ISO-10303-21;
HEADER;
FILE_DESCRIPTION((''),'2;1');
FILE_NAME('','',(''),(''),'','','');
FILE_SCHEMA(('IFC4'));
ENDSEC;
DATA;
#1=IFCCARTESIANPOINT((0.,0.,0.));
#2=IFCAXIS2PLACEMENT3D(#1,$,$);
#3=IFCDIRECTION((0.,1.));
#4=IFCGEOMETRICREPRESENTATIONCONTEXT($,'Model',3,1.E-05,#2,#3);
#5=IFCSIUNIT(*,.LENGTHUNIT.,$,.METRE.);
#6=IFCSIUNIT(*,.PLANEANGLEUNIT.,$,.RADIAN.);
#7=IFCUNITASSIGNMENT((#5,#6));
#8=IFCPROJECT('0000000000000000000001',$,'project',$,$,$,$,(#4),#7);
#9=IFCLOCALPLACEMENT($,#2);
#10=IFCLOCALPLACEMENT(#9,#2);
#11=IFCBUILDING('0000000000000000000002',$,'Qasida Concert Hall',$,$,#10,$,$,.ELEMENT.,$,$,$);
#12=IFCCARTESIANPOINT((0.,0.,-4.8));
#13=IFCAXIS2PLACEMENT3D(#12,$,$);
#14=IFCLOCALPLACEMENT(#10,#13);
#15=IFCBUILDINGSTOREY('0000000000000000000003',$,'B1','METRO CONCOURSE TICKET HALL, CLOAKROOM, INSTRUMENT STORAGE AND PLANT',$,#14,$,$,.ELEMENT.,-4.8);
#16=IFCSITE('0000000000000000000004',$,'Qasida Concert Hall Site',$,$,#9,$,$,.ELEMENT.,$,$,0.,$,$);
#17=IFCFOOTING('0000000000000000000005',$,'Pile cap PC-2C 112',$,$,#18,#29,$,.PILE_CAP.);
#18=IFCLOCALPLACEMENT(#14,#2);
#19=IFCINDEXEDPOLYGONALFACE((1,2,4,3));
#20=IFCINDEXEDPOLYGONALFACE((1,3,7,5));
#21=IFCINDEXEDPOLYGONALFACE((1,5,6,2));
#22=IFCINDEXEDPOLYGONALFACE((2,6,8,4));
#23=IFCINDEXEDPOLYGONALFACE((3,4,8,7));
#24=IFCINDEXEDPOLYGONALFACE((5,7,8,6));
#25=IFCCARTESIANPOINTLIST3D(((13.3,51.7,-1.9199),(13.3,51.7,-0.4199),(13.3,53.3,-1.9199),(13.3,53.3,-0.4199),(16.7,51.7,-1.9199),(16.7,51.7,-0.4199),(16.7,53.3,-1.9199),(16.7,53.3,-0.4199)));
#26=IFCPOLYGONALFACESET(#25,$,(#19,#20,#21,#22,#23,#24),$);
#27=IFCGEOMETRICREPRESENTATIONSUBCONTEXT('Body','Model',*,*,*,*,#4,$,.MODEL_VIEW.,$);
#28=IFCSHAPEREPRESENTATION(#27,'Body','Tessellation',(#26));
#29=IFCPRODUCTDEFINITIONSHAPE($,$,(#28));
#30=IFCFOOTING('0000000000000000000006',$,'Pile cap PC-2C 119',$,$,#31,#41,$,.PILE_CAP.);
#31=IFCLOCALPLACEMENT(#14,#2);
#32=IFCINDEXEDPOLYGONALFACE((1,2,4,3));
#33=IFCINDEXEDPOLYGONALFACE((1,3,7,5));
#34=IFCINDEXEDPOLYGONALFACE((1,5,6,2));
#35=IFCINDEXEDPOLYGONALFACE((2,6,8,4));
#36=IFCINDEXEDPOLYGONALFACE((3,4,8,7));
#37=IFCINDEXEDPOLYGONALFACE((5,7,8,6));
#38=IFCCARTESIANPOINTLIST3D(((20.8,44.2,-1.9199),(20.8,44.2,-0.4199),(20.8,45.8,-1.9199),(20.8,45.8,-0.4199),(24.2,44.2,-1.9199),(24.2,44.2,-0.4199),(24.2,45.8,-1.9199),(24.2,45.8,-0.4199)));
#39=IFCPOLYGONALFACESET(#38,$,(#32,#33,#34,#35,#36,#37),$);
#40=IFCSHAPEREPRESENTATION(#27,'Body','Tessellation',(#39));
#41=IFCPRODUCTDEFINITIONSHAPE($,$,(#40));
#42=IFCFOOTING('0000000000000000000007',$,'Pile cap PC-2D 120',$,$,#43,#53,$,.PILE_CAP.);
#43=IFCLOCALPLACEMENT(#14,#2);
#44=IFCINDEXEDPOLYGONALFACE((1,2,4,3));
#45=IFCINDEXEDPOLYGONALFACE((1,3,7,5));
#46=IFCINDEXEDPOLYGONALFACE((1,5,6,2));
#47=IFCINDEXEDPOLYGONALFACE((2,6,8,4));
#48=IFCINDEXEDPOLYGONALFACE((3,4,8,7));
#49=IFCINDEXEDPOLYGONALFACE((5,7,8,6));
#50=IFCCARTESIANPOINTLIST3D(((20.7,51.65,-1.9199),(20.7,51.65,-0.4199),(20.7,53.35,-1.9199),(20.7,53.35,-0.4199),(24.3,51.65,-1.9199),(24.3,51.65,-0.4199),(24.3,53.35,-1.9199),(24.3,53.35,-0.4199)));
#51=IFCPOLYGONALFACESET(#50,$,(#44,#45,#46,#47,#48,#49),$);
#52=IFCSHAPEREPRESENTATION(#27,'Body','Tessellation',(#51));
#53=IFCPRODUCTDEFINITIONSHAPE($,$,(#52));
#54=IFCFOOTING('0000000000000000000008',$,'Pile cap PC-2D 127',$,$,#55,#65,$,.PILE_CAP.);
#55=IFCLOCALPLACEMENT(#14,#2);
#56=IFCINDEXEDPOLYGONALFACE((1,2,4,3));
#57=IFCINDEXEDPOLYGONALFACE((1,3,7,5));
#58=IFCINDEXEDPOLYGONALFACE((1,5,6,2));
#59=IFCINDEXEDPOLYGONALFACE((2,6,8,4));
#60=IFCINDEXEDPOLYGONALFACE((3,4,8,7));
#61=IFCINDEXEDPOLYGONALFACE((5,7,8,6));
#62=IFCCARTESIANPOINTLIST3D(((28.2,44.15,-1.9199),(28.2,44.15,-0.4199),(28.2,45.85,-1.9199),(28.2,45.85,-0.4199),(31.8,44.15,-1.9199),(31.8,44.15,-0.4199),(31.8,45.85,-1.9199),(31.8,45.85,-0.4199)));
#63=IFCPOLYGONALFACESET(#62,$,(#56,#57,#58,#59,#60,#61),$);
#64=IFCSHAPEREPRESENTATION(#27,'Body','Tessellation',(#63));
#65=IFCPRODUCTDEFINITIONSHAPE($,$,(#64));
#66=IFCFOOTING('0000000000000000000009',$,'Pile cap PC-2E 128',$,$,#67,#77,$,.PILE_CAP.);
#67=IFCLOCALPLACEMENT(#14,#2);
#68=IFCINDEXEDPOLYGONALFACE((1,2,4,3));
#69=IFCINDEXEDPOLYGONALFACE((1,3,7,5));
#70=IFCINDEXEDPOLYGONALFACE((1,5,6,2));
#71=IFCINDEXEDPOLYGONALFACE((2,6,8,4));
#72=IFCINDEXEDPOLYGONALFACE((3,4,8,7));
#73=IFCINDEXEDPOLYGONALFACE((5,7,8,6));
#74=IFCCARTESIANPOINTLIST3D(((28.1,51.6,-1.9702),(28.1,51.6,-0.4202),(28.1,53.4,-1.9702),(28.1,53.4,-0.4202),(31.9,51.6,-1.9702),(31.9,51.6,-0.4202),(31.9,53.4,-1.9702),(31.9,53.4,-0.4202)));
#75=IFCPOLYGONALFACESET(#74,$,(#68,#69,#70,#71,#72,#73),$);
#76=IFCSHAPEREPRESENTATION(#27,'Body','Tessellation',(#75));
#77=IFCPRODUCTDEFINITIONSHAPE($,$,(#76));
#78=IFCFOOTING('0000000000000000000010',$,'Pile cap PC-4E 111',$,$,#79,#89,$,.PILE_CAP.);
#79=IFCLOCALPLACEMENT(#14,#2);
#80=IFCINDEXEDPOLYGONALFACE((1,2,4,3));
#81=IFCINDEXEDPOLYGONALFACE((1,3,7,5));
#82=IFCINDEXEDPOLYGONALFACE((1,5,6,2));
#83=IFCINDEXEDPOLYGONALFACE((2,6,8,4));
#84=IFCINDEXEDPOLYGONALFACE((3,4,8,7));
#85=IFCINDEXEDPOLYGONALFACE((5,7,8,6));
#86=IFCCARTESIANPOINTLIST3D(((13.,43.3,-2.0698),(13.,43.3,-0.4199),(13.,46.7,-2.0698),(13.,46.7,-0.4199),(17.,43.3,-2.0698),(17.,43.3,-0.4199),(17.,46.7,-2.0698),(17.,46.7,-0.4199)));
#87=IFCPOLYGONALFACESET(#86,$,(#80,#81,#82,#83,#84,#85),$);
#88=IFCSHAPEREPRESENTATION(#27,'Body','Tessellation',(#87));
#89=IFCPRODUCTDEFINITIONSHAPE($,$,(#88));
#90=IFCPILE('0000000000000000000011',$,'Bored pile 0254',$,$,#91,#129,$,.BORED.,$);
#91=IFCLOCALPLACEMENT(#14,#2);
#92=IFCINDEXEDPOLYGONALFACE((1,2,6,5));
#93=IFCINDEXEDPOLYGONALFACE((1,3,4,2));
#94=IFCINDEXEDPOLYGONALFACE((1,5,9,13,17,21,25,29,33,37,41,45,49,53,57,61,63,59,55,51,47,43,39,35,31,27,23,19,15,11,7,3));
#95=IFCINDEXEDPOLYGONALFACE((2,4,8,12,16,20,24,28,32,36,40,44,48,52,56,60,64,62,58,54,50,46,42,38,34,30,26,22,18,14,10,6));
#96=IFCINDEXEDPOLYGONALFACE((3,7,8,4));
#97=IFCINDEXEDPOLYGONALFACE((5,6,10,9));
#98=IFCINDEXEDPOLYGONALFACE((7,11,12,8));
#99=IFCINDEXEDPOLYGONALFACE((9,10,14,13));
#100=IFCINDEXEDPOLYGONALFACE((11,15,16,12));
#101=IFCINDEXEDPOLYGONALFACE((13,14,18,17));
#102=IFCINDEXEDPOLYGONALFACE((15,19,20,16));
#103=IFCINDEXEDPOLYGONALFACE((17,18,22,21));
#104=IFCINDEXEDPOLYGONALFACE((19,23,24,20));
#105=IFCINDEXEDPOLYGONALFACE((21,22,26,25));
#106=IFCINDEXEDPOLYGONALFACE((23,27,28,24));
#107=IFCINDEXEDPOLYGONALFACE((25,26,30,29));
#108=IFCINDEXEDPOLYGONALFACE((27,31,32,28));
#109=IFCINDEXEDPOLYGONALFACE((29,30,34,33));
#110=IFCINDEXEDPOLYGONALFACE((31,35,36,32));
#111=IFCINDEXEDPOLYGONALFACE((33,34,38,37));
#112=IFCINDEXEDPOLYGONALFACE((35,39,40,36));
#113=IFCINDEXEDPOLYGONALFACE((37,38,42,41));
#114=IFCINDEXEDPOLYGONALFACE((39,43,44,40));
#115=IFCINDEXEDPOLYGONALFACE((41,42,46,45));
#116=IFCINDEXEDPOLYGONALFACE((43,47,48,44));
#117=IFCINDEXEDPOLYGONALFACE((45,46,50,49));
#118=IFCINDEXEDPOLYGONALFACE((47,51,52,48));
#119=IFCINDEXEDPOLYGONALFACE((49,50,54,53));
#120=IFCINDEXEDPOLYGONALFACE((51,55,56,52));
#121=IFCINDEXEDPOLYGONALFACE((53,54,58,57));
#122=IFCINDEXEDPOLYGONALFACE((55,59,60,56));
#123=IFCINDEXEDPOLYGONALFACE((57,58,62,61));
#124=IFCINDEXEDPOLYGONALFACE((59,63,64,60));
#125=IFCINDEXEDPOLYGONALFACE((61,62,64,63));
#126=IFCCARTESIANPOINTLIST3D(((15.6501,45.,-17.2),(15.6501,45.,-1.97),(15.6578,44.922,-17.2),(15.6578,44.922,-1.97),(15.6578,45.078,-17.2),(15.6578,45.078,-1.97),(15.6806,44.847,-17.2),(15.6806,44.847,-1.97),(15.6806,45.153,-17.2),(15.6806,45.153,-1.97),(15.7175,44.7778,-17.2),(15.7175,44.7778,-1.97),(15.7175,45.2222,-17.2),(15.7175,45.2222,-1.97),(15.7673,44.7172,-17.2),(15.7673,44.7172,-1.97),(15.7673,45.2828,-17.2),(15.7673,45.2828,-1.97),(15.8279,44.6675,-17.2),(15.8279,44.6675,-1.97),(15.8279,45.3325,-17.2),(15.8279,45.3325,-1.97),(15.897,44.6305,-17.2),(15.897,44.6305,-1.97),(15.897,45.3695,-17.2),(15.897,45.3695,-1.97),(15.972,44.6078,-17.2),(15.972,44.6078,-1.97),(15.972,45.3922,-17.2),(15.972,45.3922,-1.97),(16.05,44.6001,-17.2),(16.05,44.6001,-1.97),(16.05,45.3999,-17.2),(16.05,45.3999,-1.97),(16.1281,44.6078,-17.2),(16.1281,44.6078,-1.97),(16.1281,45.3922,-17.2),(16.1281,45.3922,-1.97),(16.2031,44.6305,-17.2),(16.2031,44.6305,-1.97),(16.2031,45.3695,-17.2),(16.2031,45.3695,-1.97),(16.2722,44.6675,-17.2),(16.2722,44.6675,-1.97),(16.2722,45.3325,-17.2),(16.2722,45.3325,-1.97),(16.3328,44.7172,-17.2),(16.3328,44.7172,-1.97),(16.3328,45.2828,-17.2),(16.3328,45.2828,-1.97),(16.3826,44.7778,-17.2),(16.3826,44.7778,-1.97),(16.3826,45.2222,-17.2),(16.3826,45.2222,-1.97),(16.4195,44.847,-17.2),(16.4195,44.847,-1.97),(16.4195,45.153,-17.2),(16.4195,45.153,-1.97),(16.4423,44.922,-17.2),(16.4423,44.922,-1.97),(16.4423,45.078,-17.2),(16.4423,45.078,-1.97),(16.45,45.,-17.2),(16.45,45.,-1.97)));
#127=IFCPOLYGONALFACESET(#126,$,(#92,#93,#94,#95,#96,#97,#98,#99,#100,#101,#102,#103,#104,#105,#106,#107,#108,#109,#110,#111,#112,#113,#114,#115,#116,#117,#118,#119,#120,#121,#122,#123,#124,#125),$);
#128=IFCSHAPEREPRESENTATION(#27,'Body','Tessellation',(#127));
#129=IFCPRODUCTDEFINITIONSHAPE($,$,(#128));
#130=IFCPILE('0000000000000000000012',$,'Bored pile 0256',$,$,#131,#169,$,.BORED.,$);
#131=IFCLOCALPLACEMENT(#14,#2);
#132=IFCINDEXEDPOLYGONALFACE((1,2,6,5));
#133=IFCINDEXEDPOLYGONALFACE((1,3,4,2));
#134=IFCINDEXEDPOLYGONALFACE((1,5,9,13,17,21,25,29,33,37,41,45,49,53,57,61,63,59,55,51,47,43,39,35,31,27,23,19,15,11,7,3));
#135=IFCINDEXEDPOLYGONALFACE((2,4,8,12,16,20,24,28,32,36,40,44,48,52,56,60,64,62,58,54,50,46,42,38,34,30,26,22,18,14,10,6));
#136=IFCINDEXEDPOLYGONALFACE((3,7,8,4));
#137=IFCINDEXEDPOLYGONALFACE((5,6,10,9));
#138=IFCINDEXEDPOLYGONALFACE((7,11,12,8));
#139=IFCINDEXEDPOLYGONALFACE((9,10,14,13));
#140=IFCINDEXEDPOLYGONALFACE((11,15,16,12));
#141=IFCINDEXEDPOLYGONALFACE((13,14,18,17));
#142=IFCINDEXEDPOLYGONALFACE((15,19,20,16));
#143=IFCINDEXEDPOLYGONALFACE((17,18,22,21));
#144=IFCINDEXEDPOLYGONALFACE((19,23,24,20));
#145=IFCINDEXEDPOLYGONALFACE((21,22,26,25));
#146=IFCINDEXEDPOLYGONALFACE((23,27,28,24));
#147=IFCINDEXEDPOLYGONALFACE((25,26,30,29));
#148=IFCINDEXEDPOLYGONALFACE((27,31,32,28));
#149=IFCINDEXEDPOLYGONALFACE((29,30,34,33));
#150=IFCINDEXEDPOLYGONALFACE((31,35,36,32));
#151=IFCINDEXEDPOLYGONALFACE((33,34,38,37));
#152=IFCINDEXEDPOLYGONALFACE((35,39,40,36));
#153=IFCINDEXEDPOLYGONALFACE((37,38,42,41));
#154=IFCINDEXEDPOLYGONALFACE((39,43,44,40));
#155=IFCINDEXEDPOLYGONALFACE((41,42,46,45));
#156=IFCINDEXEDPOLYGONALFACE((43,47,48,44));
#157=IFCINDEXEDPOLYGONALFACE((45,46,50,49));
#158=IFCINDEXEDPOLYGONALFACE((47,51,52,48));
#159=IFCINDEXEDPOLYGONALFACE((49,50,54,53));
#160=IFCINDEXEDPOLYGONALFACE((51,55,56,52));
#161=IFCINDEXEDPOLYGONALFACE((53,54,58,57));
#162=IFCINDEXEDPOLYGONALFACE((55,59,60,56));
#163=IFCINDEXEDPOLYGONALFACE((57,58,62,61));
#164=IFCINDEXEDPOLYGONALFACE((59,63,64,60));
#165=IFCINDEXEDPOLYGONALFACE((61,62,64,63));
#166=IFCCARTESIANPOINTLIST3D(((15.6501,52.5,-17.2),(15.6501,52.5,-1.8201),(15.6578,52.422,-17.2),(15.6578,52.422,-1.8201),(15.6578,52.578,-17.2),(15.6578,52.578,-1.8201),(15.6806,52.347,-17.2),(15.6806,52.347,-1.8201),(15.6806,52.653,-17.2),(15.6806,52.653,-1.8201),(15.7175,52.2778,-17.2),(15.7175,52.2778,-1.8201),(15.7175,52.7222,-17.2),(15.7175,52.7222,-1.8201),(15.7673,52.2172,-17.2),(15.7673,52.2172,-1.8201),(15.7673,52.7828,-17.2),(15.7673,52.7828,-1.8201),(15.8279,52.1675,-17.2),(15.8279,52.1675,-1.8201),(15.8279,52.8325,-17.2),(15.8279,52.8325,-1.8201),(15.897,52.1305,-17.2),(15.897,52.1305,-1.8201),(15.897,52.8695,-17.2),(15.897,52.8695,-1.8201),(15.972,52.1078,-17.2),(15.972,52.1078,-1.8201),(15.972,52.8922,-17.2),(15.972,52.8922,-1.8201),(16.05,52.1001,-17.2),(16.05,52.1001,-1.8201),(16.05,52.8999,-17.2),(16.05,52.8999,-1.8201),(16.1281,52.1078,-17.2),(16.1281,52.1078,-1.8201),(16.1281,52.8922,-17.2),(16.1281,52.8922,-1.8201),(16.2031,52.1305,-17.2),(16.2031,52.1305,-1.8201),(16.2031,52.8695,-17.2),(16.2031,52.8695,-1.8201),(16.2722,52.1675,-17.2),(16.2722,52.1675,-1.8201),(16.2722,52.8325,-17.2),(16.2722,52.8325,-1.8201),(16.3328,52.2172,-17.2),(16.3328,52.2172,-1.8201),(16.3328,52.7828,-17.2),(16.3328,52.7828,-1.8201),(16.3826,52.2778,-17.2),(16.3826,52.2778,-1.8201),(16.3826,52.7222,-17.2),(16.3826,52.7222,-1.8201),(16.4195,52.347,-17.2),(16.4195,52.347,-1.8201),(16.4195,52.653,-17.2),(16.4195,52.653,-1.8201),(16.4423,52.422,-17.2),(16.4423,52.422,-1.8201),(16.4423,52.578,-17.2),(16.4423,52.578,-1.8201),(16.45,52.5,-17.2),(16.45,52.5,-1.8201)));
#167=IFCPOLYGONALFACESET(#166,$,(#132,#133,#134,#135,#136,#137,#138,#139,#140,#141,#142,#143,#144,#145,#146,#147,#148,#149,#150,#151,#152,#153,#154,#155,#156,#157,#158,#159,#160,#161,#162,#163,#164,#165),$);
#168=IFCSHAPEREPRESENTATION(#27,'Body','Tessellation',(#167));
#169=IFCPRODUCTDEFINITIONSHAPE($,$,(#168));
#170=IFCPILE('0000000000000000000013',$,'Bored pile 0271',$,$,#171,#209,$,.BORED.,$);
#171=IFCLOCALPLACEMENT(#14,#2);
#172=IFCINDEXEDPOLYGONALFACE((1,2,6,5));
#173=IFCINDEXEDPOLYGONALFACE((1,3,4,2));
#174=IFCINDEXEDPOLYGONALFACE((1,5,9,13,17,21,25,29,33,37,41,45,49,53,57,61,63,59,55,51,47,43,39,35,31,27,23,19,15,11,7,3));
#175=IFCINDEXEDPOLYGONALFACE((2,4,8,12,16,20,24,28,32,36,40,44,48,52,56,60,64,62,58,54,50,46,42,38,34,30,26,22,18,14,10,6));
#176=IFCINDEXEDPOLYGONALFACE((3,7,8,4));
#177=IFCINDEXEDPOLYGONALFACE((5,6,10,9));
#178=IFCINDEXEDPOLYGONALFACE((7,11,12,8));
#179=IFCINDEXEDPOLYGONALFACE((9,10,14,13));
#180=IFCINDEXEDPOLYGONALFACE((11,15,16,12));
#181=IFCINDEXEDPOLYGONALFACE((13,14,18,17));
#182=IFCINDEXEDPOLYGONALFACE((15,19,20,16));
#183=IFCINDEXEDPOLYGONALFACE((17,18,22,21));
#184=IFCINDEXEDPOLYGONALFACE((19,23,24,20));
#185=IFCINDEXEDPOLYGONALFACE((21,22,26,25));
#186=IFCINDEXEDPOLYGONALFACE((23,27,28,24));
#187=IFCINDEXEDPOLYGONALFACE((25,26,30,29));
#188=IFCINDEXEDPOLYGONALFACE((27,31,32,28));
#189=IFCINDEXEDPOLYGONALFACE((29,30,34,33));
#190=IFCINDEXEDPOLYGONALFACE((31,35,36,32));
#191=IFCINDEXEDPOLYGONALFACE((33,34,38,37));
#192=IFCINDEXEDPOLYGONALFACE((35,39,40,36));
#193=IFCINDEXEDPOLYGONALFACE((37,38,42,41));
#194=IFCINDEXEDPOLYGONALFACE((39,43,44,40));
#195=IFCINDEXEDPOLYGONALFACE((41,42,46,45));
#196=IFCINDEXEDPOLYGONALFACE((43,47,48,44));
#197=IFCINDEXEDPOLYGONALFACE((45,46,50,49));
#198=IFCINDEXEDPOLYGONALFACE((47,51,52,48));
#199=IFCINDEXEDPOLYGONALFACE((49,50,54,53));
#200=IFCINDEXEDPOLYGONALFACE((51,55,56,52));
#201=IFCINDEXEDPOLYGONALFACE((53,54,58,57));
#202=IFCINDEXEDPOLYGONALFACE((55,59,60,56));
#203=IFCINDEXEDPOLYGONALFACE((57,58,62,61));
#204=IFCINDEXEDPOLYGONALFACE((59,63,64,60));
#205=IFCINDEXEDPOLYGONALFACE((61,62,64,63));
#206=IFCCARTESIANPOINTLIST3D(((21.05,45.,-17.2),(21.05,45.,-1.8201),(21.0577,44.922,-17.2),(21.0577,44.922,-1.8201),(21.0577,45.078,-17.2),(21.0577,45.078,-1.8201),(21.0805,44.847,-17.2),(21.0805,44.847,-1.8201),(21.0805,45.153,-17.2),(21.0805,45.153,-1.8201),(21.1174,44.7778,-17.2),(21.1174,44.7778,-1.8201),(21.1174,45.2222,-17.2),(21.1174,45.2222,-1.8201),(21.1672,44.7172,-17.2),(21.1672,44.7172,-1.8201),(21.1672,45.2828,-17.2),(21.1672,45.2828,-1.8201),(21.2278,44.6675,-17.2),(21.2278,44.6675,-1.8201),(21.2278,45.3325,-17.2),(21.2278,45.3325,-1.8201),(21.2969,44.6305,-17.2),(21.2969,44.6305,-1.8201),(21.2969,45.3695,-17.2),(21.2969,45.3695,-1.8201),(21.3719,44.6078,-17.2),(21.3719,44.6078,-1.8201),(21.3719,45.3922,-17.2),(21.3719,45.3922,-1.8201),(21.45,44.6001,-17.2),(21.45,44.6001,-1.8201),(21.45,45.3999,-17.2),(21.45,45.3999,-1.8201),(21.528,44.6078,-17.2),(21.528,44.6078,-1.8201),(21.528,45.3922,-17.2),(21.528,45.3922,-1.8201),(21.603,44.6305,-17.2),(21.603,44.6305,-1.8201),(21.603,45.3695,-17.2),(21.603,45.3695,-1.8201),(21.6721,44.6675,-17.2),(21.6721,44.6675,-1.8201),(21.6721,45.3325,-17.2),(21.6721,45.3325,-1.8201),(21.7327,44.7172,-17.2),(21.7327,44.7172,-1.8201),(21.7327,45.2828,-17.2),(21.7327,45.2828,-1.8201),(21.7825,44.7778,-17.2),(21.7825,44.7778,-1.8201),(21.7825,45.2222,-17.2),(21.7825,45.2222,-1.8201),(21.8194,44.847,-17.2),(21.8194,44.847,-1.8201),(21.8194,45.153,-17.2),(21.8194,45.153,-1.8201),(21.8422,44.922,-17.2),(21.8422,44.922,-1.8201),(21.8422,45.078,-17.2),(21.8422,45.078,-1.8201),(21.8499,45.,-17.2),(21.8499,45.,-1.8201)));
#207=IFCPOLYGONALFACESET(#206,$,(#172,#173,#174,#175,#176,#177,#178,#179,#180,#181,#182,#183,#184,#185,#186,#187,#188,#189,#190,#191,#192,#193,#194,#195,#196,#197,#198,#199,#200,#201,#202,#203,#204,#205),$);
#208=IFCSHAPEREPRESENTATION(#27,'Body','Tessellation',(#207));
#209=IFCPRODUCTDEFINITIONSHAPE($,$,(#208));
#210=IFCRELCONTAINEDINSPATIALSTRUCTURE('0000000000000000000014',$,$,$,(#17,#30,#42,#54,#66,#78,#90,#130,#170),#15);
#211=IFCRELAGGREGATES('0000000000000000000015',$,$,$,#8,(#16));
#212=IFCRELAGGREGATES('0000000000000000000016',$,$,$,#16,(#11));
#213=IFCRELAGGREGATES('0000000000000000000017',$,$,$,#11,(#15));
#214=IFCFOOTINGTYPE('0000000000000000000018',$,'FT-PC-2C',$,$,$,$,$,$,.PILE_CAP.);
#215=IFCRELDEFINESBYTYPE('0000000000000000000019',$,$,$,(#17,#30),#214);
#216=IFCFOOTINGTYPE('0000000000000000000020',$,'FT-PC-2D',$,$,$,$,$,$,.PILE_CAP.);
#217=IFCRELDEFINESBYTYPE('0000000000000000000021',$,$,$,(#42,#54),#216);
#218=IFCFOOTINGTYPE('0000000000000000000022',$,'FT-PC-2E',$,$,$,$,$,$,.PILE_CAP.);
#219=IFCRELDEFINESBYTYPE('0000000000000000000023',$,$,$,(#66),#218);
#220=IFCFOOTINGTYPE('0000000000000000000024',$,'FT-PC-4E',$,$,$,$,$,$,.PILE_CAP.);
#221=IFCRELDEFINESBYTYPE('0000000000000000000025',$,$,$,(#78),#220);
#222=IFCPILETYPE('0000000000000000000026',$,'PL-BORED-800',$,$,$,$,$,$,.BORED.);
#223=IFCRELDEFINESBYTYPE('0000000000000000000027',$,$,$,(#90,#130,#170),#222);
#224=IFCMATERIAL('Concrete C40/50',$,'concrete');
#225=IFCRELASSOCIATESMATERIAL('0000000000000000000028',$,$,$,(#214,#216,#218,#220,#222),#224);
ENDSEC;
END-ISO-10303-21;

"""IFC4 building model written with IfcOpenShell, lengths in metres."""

from ifc_helpers import new_model, si_unit, direction, frame, origin, origin_2d, place, context, subcontext, project, spatial, rectangle, circle, extrude, material, material_profile, profile_set, type_object, element, save


model = new_model("IFC4")

# Units and contexts
model_context = context("Model", 3, precision=1e-05, world=origin(), true_north=direction((0.0, 1.0)))
body_context = subcontext(model_context, "Body", "Model", "MODEL_VIEW")
ifc_project = project(units=[si_unit("LENGTHUNIT", "METRE"), si_unit("PLANEANGLEUNIT", "RADIAN")], contexts=[model_context])

# Site, building, storey
site_placement = place(None, origin())
site = spatial("IfcSite", under=ifc_project, at=site_placement, Name="Qasida Concert Hall Site", CompositionType="ELEMENT", RefElevation=0.0)
building_placement = place(site_placement, origin())
building = spatial("IfcBuilding", under=site, at=building_placement, Name="Qasida Concert Hall", CompositionType="ELEMENT")
storey_placement = place(building_placement, frame((0.0, 0.0, -4.8)))
storey = spatial("IfcBuildingStorey", under=building, at=storey_placement, Name="B1", Description="METRO CONCOURSE TICKET HALL, CLOAKROOM, INSTRUMENT STORAGE AND PLANT", CompositionType="ELEMENT", Elevation=-4.8)

# Footings
ifc_material_1 = material(Name="Concrete C40/50", Category="concrete")
footing_type_1 = type_object("IfcFootingType", Name="FT-PC-2C", PredefinedType="PILE_CAP", material=ifc_material_1)
for number, where, z_axis, x_axis, name in (
    (1, (15.0, 52.5, -1.9199), (0.0, 0.0, 1.0), (1.0, 0.0, 0.0), "Pile cap PC-2C 112"),
    (2, (22.5, 45.0, -1.9199), (0.0, 0.0, 1.0), (1.0, 0.0, 0.0), "Pile cap PC-2C 119"),
):
    element("IfcFooting", number, at=place(storey_placement, frame(where, z_axis=z_axis, x_axis=x_axis)), inside=storey, type_object=footing_type_1, Name=name, PredefinedType="PILE_CAP", context=body_context, shape_type="SweptSolid", body=[
        extrude(rectangle(XDim=3.3999, YDim=1.6001, at=origin_2d()), origin(), (0.0, 0.0, 1.0), 1.5),
    ])
footing_type_2 = type_object("IfcFootingType", Name="FT-PC-2D", PredefinedType="PILE_CAP", material=ifc_material_1)
for number, where, z_axis, x_axis, name in (
    (3, (22.5, 52.5, -1.9199), (0.0, 0.0, 1.0), (1.0, 0.0, 0.0), "Pile cap PC-2D 120"),
    (4, (30.0, 45.0, -1.9199), (0.0, 0.0, 1.0), (1.0, 0.0, 0.0), "Pile cap PC-2D 127"),
):
    element("IfcFooting", number, at=place(storey_placement, frame(where, z_axis=z_axis, x_axis=x_axis)), inside=storey, type_object=footing_type_2, Name=name, PredefinedType="PILE_CAP", context=body_context, shape_type="SweptSolid", body=[
        extrude(rectangle(XDim=3.6001, YDim=1.7, at=origin_2d()), origin(), (0.0, 0.0, 1.0), 1.5),
    ])
footing_type_3 = type_object("IfcFootingType", Name="FT-PC-2E", PredefinedType="PILE_CAP", material=ifc_material_1)
footing_1_placement = place(storey_placement, frame((30.0, 52.5, -1.9702), z_axis=(0.0, 0.0, 1.0), x_axis=(1.0, 0.0, 0.0)))
element("IfcFooting", 5, at=footing_1_placement, inside=storey, type_object=footing_type_3, Name="Pile cap PC-2E 128", PredefinedType="PILE_CAP", context=body_context, shape_type="SweptSolid", body=[
    extrude(rectangle(XDim=3.8, YDim=1.8, at=origin_2d()), origin(), (0.0, 0.0, 1.0), 1.55),
])
footing_type_4 = type_object("IfcFootingType", Name="FT-PC-4E", PredefinedType="PILE_CAP", material=ifc_material_1)
footing_2_placement = place(storey_placement, frame((15.0, 45.0, -2.0698), z_axis=(0.0, 0.0, 1.0), x_axis=(1.0, 0.0, 0.0)))
element("IfcFooting", 6, at=footing_2_placement, inside=storey, type_object=footing_type_4, Name="Pile cap PC-4E 111", PredefinedType="PILE_CAP", context=body_context, shape_type="SweptSolid", body=[
    extrude(rectangle(XDim=4.0, YDim=3.3999, at=origin_2d()), origin(), (0.0, 0.0, 1.0), 1.6499),
])

# Piles
ifc_material_profile_1 = material_profile(ifc_material_1, circle(Radius=0.3999, at=origin_2d()), Name="BORED PILE D800")
ifc_profile_set_1 = profile_set([ifc_material_profile_1], Name="Concrete C40/50")
pile_type = type_object("IfcPileType", Name="PL-BORED-800", PredefinedType="BORED", material=ifc_profile_set_1)
pile_placement = place(storey_placement, frame((16.05, 45.0, -1.97), z_axis=(0.0, 0.0, -1.0), x_axis=(1.0, 0.0, 0.0)))
element("IfcPile", 7, at=pile_placement, inside=storey, type_object=pile_type, Name="Bored pile 0254", PredefinedType="BORED", context=body_context, shape_type="SweptSolid", body=[
    extrude(circle(Radius=0.3999, at=origin_2d()), origin(), (0.0, 0.0, 1.0), 15.23),
])
for number, where, z_axis, x_axis, name in (
    (8, (16.05, 52.5, -1.8201), (0.0, 0.0, -1.0), (1.0, 0.0, 0.0), "Bored pile 0256"),
    (9, (21.45, 45.0, -1.8201), (0.0, 0.0, -1.0), (1.0, 0.0, 0.0), "Bored pile 0271"),
):
    element("IfcPile", number, at=place(storey_placement, frame(where, z_axis=z_axis, x_axis=x_axis)), inside=storey, type_object=pile_type, Name=name, PredefinedType="BORED", context=body_context, shape_type="SweptSolid", body=[
        extrude(circle(Radius=0.3999, at=origin_2d()), origin(), (0.0, 0.0, 1.0), 15.3799),
    ])

save(model, "model.ifc")
